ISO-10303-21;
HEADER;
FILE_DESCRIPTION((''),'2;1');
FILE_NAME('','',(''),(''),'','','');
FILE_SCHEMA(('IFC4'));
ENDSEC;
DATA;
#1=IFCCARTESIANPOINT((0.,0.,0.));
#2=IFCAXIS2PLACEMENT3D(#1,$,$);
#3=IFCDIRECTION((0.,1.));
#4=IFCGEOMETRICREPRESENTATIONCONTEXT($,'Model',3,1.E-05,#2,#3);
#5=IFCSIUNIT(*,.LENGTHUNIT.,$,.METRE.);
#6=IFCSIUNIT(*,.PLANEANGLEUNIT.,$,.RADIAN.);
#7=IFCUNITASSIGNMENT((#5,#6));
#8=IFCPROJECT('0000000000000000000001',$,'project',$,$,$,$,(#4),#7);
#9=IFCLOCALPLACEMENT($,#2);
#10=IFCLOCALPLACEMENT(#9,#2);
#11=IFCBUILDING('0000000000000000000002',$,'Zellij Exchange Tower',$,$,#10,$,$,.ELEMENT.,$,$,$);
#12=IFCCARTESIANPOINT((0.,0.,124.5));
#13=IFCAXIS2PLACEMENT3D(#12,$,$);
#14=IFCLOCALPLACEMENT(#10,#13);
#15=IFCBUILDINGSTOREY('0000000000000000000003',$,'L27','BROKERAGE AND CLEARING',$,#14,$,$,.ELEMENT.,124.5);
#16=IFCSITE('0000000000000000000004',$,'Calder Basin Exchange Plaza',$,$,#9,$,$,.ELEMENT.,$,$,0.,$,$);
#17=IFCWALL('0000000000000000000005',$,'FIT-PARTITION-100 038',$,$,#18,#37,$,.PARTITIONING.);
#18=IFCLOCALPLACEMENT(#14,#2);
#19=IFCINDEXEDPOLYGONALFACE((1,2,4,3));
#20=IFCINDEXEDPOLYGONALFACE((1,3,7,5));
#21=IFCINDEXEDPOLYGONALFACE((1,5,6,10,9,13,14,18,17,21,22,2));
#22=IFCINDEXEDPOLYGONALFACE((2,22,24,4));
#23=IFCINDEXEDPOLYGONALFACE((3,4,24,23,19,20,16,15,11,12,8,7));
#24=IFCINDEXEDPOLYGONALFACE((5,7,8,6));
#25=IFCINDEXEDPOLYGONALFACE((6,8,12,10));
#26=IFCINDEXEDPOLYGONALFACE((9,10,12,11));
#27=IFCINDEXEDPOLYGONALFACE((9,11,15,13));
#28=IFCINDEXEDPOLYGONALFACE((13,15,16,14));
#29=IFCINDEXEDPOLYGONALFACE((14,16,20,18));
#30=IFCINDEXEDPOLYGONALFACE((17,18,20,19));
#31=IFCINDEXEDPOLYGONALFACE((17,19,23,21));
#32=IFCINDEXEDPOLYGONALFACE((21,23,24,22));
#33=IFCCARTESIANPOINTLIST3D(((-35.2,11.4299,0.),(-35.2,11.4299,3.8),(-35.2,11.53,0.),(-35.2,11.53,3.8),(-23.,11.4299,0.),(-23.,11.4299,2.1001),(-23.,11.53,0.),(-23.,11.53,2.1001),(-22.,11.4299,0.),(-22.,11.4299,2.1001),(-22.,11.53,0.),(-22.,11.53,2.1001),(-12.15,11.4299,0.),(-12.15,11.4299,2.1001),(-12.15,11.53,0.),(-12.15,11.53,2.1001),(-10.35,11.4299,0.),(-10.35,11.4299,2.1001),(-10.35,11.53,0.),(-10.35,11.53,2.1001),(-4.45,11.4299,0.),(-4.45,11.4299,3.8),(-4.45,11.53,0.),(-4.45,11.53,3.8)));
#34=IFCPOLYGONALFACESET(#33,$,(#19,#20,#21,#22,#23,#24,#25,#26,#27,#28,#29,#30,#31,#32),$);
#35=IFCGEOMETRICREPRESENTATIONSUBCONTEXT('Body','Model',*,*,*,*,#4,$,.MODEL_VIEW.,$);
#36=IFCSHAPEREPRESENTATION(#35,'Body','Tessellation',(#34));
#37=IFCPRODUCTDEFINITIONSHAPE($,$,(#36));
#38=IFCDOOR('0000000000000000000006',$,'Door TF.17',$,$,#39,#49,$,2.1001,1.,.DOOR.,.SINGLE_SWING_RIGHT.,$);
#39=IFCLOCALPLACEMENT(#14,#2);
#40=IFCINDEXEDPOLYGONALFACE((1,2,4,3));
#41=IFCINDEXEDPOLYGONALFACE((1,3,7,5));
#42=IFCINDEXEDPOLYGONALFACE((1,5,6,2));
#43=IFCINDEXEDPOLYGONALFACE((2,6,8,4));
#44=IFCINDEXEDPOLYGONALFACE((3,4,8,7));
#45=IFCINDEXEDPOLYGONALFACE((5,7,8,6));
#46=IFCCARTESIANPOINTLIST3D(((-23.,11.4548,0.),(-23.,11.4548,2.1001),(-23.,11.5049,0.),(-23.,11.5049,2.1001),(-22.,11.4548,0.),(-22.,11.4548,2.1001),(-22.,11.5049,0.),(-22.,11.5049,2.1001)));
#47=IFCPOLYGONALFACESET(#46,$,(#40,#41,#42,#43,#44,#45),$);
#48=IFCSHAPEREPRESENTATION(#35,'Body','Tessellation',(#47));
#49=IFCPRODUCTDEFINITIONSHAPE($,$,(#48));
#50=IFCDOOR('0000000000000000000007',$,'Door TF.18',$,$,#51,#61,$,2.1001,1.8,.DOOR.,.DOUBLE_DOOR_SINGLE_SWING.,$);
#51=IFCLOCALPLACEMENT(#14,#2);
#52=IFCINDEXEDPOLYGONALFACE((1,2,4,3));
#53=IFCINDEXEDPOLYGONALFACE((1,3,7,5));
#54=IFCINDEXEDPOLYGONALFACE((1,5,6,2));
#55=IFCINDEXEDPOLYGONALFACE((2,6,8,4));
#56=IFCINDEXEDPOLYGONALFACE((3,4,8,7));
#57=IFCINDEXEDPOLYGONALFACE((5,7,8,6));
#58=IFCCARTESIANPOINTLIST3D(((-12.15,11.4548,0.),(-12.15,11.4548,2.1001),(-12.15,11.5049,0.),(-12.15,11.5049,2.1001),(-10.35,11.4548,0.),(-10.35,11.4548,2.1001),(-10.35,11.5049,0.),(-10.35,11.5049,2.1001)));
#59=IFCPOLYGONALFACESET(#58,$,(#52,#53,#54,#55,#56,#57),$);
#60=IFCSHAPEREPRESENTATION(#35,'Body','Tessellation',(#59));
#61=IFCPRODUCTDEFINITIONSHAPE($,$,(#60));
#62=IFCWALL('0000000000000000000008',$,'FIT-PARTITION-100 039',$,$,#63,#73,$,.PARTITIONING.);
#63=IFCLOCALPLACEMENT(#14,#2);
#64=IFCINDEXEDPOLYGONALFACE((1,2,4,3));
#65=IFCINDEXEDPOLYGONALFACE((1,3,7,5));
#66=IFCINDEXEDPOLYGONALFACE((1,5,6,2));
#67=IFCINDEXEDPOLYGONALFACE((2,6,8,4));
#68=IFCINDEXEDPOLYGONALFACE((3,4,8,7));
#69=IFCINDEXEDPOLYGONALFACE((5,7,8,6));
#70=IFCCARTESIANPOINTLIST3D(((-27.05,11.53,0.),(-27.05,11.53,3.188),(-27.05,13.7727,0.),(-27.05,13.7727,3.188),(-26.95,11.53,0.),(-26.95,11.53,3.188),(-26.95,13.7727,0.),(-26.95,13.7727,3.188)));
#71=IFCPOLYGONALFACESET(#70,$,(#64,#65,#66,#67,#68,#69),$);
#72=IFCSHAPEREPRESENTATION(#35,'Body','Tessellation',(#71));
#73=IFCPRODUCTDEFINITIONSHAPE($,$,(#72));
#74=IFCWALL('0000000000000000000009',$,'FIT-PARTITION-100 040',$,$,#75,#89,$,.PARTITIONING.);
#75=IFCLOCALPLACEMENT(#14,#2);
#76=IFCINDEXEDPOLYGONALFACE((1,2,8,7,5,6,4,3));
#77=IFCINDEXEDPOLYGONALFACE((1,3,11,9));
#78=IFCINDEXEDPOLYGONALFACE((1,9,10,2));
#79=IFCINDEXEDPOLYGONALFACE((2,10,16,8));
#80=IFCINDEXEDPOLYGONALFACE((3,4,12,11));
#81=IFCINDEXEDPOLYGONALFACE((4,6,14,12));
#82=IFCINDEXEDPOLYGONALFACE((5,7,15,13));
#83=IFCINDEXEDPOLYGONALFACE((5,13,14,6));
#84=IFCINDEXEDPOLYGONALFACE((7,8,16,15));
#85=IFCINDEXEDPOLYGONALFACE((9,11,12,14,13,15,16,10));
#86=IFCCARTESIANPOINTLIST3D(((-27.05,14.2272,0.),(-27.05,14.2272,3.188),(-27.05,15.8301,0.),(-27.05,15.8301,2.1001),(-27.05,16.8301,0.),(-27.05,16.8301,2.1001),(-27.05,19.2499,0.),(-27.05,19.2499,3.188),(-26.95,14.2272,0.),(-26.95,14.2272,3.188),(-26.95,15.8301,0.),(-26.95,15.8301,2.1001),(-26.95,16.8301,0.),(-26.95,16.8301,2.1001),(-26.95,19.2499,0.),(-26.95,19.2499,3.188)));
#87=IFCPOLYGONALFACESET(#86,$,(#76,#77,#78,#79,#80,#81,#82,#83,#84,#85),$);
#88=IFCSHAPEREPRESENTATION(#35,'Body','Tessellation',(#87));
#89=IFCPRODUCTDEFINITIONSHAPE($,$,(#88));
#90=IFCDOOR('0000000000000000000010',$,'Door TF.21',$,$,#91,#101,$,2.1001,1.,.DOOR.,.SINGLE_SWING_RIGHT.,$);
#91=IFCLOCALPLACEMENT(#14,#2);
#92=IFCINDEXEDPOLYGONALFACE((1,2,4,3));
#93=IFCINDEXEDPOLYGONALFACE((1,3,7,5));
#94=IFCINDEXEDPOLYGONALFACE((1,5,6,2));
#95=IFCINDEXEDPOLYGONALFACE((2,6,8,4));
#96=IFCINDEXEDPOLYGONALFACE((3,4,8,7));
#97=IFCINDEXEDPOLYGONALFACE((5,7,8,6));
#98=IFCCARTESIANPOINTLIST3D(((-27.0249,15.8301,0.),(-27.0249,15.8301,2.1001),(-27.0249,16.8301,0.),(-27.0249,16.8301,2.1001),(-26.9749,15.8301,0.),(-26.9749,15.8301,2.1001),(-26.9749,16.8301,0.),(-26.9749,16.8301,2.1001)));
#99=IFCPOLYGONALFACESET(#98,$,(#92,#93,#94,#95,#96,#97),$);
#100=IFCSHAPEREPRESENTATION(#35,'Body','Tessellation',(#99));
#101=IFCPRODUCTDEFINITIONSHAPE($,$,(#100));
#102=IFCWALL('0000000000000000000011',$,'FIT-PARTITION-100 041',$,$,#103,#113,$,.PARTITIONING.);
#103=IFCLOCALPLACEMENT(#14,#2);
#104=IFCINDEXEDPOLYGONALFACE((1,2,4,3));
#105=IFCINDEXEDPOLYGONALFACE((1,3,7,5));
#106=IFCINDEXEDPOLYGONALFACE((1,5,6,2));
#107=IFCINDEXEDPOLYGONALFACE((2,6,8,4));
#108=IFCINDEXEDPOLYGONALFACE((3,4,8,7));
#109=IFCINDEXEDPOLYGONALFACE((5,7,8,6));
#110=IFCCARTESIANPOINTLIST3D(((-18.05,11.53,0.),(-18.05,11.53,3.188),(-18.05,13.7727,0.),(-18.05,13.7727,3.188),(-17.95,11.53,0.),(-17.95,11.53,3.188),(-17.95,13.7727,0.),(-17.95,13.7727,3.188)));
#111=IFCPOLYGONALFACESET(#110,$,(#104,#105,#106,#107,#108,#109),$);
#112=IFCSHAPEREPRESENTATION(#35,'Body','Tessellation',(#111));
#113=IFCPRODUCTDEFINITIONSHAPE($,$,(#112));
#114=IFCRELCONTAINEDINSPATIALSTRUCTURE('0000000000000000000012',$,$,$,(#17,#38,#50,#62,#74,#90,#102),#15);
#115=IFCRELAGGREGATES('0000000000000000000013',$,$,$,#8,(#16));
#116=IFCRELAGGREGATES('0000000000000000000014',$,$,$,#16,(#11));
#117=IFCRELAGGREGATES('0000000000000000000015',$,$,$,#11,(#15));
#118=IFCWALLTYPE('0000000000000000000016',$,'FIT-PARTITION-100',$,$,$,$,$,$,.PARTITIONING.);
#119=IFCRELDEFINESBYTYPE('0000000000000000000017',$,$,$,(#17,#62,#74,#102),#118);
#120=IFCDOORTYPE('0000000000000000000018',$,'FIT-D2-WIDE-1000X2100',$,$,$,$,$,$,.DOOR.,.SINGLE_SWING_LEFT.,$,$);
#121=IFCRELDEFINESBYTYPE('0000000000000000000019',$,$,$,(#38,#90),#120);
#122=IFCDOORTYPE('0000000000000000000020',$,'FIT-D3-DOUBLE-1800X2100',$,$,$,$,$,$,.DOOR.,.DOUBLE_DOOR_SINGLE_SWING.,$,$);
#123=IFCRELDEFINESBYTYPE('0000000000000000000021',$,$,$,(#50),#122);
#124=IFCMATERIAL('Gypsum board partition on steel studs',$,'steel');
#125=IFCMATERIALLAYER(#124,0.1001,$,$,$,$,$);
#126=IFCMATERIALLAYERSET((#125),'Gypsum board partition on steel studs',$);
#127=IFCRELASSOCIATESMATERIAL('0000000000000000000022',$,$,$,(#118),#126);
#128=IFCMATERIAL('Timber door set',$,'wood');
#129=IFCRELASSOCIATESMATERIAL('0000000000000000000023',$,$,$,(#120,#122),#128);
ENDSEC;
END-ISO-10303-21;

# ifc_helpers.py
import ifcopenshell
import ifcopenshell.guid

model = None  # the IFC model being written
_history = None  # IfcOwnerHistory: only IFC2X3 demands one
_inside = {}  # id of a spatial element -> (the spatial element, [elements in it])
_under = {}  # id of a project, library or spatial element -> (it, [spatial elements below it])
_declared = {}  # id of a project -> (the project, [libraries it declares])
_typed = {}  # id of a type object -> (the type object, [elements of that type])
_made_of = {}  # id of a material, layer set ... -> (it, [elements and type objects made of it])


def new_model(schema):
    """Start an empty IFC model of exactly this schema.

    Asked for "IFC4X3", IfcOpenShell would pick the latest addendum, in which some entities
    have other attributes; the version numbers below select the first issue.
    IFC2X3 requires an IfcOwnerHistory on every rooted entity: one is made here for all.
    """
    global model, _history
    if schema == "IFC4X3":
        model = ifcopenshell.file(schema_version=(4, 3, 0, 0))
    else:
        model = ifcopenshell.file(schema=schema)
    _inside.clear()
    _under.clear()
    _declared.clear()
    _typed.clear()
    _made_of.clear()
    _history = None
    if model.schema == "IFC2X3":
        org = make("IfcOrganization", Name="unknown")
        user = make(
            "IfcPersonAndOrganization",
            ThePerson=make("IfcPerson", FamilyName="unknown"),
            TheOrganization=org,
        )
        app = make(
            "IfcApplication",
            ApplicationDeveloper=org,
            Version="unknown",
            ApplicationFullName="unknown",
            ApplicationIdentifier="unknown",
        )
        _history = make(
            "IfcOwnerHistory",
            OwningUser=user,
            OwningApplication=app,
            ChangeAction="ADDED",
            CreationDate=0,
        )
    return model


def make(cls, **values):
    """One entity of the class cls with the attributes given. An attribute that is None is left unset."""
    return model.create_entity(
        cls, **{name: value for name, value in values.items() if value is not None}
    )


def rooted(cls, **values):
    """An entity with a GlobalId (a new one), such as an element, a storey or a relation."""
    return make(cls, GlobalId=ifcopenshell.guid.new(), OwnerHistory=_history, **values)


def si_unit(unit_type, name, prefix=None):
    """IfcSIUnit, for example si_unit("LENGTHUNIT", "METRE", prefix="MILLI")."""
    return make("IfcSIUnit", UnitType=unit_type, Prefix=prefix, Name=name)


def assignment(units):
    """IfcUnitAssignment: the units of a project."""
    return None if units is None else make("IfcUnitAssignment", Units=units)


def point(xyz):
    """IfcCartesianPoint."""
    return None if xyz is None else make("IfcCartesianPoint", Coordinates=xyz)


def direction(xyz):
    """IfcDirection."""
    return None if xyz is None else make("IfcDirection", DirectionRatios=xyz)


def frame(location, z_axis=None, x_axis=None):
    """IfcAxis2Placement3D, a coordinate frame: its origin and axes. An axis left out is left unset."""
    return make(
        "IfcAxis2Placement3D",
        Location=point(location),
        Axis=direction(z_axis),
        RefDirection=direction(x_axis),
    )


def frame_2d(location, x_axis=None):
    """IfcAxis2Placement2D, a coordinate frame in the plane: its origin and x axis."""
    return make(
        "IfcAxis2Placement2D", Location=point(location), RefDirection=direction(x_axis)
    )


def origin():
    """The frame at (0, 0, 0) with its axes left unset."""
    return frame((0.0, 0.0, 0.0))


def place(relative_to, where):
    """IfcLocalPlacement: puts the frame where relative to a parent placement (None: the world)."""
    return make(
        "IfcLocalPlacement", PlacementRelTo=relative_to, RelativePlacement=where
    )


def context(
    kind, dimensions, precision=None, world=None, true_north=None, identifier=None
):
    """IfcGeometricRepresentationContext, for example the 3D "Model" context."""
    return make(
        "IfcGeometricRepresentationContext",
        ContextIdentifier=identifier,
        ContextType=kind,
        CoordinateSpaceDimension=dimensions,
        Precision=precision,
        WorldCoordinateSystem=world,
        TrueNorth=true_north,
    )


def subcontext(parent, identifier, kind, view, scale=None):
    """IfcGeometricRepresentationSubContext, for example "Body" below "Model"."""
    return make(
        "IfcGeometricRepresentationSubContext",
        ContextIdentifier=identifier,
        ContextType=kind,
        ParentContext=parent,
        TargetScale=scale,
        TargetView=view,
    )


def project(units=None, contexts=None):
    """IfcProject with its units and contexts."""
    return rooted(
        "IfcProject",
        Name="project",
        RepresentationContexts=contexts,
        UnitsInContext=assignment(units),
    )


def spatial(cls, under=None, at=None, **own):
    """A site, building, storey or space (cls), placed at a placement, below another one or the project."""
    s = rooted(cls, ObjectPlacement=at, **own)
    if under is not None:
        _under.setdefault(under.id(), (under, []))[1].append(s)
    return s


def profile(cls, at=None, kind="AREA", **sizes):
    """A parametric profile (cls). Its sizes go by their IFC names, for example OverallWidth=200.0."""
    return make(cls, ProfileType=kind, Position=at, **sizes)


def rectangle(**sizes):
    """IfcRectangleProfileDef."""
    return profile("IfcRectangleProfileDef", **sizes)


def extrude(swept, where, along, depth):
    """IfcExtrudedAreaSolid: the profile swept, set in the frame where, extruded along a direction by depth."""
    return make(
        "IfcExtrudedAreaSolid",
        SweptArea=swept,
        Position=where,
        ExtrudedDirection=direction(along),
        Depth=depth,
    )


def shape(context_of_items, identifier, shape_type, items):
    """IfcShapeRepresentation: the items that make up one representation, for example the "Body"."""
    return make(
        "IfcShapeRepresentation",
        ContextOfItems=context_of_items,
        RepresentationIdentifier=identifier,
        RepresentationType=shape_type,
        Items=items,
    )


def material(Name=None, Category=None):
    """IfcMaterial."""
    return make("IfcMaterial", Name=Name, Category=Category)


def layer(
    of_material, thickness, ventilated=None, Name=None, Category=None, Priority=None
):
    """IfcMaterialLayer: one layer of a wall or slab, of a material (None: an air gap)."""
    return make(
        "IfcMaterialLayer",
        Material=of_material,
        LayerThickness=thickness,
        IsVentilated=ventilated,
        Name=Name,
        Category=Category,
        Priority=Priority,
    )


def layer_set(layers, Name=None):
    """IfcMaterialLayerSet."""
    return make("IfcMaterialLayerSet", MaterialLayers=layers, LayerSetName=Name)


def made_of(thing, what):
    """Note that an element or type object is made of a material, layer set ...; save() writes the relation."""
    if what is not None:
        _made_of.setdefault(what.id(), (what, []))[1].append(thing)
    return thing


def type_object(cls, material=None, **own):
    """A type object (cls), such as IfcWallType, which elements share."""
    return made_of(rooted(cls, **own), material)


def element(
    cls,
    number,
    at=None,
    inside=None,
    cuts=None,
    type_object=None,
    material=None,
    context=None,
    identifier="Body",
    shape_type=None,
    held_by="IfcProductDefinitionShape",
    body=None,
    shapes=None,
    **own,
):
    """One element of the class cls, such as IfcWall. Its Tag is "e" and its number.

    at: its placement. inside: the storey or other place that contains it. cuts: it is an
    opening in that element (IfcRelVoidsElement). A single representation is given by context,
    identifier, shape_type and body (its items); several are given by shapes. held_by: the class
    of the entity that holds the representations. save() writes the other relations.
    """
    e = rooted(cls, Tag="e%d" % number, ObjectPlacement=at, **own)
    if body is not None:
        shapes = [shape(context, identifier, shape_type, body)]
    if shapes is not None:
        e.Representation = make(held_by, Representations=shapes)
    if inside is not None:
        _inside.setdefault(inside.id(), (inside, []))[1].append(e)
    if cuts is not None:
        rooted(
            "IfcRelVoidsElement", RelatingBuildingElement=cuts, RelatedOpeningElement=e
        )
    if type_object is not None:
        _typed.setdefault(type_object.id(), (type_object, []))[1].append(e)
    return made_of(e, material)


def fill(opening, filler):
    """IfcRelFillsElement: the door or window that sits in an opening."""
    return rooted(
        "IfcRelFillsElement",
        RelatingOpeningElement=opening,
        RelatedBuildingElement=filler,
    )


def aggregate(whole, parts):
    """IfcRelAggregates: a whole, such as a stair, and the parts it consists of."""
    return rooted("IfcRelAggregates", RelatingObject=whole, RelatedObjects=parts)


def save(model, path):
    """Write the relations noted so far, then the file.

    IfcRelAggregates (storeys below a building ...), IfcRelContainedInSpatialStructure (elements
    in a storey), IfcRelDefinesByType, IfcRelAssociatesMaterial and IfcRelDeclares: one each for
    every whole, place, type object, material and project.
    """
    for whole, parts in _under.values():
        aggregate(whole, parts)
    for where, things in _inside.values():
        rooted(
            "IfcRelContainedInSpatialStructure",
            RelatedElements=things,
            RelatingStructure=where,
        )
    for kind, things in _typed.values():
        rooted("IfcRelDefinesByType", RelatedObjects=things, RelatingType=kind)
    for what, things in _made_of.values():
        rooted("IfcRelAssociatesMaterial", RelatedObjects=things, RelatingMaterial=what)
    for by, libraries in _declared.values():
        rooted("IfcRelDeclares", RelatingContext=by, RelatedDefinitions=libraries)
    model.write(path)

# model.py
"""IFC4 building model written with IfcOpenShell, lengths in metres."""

from ifc_helpers import new_model, si_unit, direction, frame, frame_2d, origin, place, context, subcontext, project, spatial, rectangle, extrude, material, layer, layer_set, type_object, element, fill, save


model = new_model("IFC4")

# Units and contexts
model_context = context("Model", 3, precision=1e-05, world=origin(), true_north=direction((0.0, 1.0)))
body_context = subcontext(model_context, "Body", "Model", "MODEL_VIEW")
ifc_project = project(units=[si_unit("LENGTHUNIT", "METRE"), si_unit("PLANEANGLEUNIT", "RADIAN")], contexts=[model_context])

# Site, building, storey
site_placement = place(None, origin())
site = spatial("IfcSite", under=ifc_project, at=site_placement, Name="Calder Basin Exchange Plaza", CompositionType="ELEMENT", RefElevation=0.0)
building_placement = place(site_placement, origin())
building = spatial("IfcBuilding", under=site, at=building_placement, Name="Zellij Exchange Tower", CompositionType="ELEMENT")
storey_placement = place(building_placement, frame((0.0, 0.0, 124.5)))
storey = spatial("IfcBuildingStorey", under=building, at=storey_placement, Name="L27", Description="BROKERAGE AND CLEARING", CompositionType="ELEMENT", Elevation=124.5)

# Wall, openings, doors
ifc_material_1 = material(Name="Gypsum board partition on steel studs", Category="steel")
ifc_layer_1 = layer(ifc_material_1, 0.1001)
ifc_layer_set_1 = layer_set([ifc_layer_1], Name="Gypsum board partition on steel studs")
wall_type_1 = type_object("IfcWallType", Name="FIT-PARTITION-100", PredefinedType="PARTITIONING", material=ifc_layer_set_1)
wall_1_placement = place(storey_placement, frame((-35.2, 11.48, 0.0), z_axis=(0.0, 0.0, 1.0), x_axis=(1.0, 0.0, 0.0)))
wall_1 = element("IfcWall", 1, at=wall_1_placement, inside=storey, type_object=wall_type_1, Name="FIT-PARTITION-100 038", PredefinedType="PARTITIONING", context=body_context, shape_type="SweptSolid", body=[
    extrude(rectangle(XDim=30.75, YDim=0.1001, at=frame_2d((15.375, 0.0))), origin(), (0.0, 0.0, 1.0), 3.8),
])
opening_1_placement = place(wall_1_placement, frame((12.2, 0.0, 0.0)))
opening_1 = element("IfcOpeningElement", 2, at=opening_1_placement, cuts=wall_1, PredefinedType="OPENING", context=body_context, shape_type="SweptSolid", body=[
    extrude(rectangle(XDim=1.0, YDim=2.1001, at=frame_2d((0.5, 1.05))), frame((0.0, 0.062, 0.0), z_axis=(0.0, -1.0, 0.0), x_axis=(1.0, 0.0, 0.0)), (0.0, 0.0, 1.0), 0.124),
])
opening_2_placement = place(wall_1_placement, frame((23.05, 0.0, 0.0)))
opening_2 = element("IfcOpeningElement", 3, at=opening_2_placement, cuts=wall_1, PredefinedType="OPENING", context=body_context, shape_type="SweptSolid", body=[
    extrude(rectangle(XDim=1.8, YDim=2.1001, at=frame_2d((0.8999, 1.05))), frame((0.0, 0.062, 0.0), z_axis=(0.0, -1.0, 0.0), x_axis=(1.0, 0.0, 0.0)), (0.0, 0.0, 1.0), 0.124),
])
ifc_material_2 = material(Name="Timber door set", Category="wood")
door_type_1 = type_object("IfcDoorType", Name="FIT-D2-WIDE-1000X2100", OperationType="SINGLE_SWING_LEFT", PredefinedType="DOOR", material=ifc_material_2)
door_1_placement = place(opening_1_placement, origin())
door_1 = element("IfcDoor", 4, at=door_1_placement, inside=storey, type_object=door_type_1, Name="Door TF.17", OperationType="SINGLE_SWING_RIGHT", OverallHeight=2.1001, OverallWidth=1.0, PredefinedType="DOOR", context=body_context, shape_type="SweptSolid", body=[
    extrude(rectangle(XDim=1.0, YDim=2.1001, at=frame_2d((0.5, 1.05))), frame((0.0, 0.0249, 0.0), z_axis=(0.0, -1.0, 0.0), x_axis=(1.0, 0.0, 0.0)), (0.0, 0.0, 1.0), 0.05),
])
fill(opening_1, door_1)
door_type_2 = type_object("IfcDoorType", Name="FIT-D3-DOUBLE-1800X2100", OperationType="DOUBLE_DOOR_SINGLE_SWING", PredefinedType="DOOR", material=ifc_material_2)
door_2_placement = place(opening_2_placement, origin())
door_2 = element("IfcDoor", 5, at=door_2_placement, inside=storey, type_object=door_type_2, Name="Door TF.18", OperationType="DOUBLE_DOOR_SINGLE_SWING", OverallHeight=2.1001, OverallWidth=1.8, PredefinedType="DOOR", context=body_context, shape_type="SweptSolid", body=[
    extrude(rectangle(XDim=1.8, YDim=2.1001, at=frame_2d((0.8999, 1.05))), frame((0.0, 0.0249, 0.0), z_axis=(0.0, -1.0, 0.0), x_axis=(1.0, 0.0, 0.0)), (0.0, 0.0, 1.0), 0.05),
])
fill(opening_2, door_2)

# Wall
wall_2_placement = place(storey_placement, frame((-27.0, 11.53, 0.0), z_axis=(0.0, 0.0, 1.0), x_axis=(0.0, 1.0, 0.0)))
element("IfcWall", 6, at=wall_2_placement, inside=storey, type_object=wall_type_1, Name="FIT-PARTITION-100 039", PredefinedType="PARTITIONING", context=body_context, shape_type="SweptSolid", body=[
    extrude(rectangle(XDim=2.2427, YDim=0.1001, at=frame_2d((1.1213, 0.0))), origin(), (0.0, 0.0, 1.0), 3.188),
])

# Wall, opening, door
wall_3_placement = place(storey_placement, frame((-27.0, 14.2273, 0.0), z_axis=(0.0, 0.0, 1.0), x_axis=(0.0, 1.0, 0.0)))
wall_3 = element("IfcWall", 7, at=wall_3_placement, inside=storey, type_object=wall_type_1, Name="FIT-PARTITION-100 040", PredefinedType="PARTITIONING", context=body_context, shape_type="SweptSolid", body=[
    extrude(rectangle(XDim=5.0227, YDim=0.1001, at=frame_2d((2.5112, 0.0))), origin(), (0.0, 0.0, 1.0), 3.188),
])
opening_3_placement = place(wall_3_placement, frame((1.6028, 0.0, 0.0)))
opening_3 = element("IfcOpeningElement", 8, at=opening_3_placement, cuts=wall_3, PredefinedType="OPENING", context=body_context, shape_type="SweptSolid", body=[
    extrude(rectangle(XDim=1.0, YDim=2.1001, at=frame_2d((0.5, 1.05))), frame((0.0, 0.062, 0.0), z_axis=(0.0, -1.0, 0.0), x_axis=(1.0, 0.0, 0.0)), (0.0, 0.0, 1.0), 0.124),
])
door_3_placement = place(opening_3_placement, origin())
door_3 = element("IfcDoor", 9, at=door_3_placement, inside=storey, type_object=door_type_1, Name="Door TF.21", OperationType="SINGLE_SWING_RIGHT", OverallHeight=2.1001, OverallWidth=1.0, PredefinedType="DOOR", context=body_context, shape_type="SweptSolid", body=[
    extrude(rectangle(XDim=1.0, YDim=2.1001, at=frame_2d((0.5, 1.05))), frame((0.0, 0.0249, 0.0), z_axis=(0.0, -1.0, 0.0), x_axis=(1.0, 0.0, 0.0)), (0.0, 0.0, 1.0), 0.05),
])
fill(opening_3, door_3)

# Wall
wall_4_placement = place(storey_placement, frame((-18.0, 11.53, 0.0), z_axis=(0.0, 0.0, 1.0), x_axis=(0.0, 1.0, 0.0)))
element("IfcWall", 10, at=wall_4_placement, inside=storey, type_object=wall_type_1, Name="FIT-PARTITION-100 041", PredefinedType="PARTITIONING", context=body_context, shape_type="SweptSolid", body=[
    extrude(rectangle(XDim=2.2427, YDim=0.1001, at=frame_2d((1.1213, 0.0))), origin(), (0.0, 0.0, 1.0), 3.188),
])

save(model, "model.ifc")
